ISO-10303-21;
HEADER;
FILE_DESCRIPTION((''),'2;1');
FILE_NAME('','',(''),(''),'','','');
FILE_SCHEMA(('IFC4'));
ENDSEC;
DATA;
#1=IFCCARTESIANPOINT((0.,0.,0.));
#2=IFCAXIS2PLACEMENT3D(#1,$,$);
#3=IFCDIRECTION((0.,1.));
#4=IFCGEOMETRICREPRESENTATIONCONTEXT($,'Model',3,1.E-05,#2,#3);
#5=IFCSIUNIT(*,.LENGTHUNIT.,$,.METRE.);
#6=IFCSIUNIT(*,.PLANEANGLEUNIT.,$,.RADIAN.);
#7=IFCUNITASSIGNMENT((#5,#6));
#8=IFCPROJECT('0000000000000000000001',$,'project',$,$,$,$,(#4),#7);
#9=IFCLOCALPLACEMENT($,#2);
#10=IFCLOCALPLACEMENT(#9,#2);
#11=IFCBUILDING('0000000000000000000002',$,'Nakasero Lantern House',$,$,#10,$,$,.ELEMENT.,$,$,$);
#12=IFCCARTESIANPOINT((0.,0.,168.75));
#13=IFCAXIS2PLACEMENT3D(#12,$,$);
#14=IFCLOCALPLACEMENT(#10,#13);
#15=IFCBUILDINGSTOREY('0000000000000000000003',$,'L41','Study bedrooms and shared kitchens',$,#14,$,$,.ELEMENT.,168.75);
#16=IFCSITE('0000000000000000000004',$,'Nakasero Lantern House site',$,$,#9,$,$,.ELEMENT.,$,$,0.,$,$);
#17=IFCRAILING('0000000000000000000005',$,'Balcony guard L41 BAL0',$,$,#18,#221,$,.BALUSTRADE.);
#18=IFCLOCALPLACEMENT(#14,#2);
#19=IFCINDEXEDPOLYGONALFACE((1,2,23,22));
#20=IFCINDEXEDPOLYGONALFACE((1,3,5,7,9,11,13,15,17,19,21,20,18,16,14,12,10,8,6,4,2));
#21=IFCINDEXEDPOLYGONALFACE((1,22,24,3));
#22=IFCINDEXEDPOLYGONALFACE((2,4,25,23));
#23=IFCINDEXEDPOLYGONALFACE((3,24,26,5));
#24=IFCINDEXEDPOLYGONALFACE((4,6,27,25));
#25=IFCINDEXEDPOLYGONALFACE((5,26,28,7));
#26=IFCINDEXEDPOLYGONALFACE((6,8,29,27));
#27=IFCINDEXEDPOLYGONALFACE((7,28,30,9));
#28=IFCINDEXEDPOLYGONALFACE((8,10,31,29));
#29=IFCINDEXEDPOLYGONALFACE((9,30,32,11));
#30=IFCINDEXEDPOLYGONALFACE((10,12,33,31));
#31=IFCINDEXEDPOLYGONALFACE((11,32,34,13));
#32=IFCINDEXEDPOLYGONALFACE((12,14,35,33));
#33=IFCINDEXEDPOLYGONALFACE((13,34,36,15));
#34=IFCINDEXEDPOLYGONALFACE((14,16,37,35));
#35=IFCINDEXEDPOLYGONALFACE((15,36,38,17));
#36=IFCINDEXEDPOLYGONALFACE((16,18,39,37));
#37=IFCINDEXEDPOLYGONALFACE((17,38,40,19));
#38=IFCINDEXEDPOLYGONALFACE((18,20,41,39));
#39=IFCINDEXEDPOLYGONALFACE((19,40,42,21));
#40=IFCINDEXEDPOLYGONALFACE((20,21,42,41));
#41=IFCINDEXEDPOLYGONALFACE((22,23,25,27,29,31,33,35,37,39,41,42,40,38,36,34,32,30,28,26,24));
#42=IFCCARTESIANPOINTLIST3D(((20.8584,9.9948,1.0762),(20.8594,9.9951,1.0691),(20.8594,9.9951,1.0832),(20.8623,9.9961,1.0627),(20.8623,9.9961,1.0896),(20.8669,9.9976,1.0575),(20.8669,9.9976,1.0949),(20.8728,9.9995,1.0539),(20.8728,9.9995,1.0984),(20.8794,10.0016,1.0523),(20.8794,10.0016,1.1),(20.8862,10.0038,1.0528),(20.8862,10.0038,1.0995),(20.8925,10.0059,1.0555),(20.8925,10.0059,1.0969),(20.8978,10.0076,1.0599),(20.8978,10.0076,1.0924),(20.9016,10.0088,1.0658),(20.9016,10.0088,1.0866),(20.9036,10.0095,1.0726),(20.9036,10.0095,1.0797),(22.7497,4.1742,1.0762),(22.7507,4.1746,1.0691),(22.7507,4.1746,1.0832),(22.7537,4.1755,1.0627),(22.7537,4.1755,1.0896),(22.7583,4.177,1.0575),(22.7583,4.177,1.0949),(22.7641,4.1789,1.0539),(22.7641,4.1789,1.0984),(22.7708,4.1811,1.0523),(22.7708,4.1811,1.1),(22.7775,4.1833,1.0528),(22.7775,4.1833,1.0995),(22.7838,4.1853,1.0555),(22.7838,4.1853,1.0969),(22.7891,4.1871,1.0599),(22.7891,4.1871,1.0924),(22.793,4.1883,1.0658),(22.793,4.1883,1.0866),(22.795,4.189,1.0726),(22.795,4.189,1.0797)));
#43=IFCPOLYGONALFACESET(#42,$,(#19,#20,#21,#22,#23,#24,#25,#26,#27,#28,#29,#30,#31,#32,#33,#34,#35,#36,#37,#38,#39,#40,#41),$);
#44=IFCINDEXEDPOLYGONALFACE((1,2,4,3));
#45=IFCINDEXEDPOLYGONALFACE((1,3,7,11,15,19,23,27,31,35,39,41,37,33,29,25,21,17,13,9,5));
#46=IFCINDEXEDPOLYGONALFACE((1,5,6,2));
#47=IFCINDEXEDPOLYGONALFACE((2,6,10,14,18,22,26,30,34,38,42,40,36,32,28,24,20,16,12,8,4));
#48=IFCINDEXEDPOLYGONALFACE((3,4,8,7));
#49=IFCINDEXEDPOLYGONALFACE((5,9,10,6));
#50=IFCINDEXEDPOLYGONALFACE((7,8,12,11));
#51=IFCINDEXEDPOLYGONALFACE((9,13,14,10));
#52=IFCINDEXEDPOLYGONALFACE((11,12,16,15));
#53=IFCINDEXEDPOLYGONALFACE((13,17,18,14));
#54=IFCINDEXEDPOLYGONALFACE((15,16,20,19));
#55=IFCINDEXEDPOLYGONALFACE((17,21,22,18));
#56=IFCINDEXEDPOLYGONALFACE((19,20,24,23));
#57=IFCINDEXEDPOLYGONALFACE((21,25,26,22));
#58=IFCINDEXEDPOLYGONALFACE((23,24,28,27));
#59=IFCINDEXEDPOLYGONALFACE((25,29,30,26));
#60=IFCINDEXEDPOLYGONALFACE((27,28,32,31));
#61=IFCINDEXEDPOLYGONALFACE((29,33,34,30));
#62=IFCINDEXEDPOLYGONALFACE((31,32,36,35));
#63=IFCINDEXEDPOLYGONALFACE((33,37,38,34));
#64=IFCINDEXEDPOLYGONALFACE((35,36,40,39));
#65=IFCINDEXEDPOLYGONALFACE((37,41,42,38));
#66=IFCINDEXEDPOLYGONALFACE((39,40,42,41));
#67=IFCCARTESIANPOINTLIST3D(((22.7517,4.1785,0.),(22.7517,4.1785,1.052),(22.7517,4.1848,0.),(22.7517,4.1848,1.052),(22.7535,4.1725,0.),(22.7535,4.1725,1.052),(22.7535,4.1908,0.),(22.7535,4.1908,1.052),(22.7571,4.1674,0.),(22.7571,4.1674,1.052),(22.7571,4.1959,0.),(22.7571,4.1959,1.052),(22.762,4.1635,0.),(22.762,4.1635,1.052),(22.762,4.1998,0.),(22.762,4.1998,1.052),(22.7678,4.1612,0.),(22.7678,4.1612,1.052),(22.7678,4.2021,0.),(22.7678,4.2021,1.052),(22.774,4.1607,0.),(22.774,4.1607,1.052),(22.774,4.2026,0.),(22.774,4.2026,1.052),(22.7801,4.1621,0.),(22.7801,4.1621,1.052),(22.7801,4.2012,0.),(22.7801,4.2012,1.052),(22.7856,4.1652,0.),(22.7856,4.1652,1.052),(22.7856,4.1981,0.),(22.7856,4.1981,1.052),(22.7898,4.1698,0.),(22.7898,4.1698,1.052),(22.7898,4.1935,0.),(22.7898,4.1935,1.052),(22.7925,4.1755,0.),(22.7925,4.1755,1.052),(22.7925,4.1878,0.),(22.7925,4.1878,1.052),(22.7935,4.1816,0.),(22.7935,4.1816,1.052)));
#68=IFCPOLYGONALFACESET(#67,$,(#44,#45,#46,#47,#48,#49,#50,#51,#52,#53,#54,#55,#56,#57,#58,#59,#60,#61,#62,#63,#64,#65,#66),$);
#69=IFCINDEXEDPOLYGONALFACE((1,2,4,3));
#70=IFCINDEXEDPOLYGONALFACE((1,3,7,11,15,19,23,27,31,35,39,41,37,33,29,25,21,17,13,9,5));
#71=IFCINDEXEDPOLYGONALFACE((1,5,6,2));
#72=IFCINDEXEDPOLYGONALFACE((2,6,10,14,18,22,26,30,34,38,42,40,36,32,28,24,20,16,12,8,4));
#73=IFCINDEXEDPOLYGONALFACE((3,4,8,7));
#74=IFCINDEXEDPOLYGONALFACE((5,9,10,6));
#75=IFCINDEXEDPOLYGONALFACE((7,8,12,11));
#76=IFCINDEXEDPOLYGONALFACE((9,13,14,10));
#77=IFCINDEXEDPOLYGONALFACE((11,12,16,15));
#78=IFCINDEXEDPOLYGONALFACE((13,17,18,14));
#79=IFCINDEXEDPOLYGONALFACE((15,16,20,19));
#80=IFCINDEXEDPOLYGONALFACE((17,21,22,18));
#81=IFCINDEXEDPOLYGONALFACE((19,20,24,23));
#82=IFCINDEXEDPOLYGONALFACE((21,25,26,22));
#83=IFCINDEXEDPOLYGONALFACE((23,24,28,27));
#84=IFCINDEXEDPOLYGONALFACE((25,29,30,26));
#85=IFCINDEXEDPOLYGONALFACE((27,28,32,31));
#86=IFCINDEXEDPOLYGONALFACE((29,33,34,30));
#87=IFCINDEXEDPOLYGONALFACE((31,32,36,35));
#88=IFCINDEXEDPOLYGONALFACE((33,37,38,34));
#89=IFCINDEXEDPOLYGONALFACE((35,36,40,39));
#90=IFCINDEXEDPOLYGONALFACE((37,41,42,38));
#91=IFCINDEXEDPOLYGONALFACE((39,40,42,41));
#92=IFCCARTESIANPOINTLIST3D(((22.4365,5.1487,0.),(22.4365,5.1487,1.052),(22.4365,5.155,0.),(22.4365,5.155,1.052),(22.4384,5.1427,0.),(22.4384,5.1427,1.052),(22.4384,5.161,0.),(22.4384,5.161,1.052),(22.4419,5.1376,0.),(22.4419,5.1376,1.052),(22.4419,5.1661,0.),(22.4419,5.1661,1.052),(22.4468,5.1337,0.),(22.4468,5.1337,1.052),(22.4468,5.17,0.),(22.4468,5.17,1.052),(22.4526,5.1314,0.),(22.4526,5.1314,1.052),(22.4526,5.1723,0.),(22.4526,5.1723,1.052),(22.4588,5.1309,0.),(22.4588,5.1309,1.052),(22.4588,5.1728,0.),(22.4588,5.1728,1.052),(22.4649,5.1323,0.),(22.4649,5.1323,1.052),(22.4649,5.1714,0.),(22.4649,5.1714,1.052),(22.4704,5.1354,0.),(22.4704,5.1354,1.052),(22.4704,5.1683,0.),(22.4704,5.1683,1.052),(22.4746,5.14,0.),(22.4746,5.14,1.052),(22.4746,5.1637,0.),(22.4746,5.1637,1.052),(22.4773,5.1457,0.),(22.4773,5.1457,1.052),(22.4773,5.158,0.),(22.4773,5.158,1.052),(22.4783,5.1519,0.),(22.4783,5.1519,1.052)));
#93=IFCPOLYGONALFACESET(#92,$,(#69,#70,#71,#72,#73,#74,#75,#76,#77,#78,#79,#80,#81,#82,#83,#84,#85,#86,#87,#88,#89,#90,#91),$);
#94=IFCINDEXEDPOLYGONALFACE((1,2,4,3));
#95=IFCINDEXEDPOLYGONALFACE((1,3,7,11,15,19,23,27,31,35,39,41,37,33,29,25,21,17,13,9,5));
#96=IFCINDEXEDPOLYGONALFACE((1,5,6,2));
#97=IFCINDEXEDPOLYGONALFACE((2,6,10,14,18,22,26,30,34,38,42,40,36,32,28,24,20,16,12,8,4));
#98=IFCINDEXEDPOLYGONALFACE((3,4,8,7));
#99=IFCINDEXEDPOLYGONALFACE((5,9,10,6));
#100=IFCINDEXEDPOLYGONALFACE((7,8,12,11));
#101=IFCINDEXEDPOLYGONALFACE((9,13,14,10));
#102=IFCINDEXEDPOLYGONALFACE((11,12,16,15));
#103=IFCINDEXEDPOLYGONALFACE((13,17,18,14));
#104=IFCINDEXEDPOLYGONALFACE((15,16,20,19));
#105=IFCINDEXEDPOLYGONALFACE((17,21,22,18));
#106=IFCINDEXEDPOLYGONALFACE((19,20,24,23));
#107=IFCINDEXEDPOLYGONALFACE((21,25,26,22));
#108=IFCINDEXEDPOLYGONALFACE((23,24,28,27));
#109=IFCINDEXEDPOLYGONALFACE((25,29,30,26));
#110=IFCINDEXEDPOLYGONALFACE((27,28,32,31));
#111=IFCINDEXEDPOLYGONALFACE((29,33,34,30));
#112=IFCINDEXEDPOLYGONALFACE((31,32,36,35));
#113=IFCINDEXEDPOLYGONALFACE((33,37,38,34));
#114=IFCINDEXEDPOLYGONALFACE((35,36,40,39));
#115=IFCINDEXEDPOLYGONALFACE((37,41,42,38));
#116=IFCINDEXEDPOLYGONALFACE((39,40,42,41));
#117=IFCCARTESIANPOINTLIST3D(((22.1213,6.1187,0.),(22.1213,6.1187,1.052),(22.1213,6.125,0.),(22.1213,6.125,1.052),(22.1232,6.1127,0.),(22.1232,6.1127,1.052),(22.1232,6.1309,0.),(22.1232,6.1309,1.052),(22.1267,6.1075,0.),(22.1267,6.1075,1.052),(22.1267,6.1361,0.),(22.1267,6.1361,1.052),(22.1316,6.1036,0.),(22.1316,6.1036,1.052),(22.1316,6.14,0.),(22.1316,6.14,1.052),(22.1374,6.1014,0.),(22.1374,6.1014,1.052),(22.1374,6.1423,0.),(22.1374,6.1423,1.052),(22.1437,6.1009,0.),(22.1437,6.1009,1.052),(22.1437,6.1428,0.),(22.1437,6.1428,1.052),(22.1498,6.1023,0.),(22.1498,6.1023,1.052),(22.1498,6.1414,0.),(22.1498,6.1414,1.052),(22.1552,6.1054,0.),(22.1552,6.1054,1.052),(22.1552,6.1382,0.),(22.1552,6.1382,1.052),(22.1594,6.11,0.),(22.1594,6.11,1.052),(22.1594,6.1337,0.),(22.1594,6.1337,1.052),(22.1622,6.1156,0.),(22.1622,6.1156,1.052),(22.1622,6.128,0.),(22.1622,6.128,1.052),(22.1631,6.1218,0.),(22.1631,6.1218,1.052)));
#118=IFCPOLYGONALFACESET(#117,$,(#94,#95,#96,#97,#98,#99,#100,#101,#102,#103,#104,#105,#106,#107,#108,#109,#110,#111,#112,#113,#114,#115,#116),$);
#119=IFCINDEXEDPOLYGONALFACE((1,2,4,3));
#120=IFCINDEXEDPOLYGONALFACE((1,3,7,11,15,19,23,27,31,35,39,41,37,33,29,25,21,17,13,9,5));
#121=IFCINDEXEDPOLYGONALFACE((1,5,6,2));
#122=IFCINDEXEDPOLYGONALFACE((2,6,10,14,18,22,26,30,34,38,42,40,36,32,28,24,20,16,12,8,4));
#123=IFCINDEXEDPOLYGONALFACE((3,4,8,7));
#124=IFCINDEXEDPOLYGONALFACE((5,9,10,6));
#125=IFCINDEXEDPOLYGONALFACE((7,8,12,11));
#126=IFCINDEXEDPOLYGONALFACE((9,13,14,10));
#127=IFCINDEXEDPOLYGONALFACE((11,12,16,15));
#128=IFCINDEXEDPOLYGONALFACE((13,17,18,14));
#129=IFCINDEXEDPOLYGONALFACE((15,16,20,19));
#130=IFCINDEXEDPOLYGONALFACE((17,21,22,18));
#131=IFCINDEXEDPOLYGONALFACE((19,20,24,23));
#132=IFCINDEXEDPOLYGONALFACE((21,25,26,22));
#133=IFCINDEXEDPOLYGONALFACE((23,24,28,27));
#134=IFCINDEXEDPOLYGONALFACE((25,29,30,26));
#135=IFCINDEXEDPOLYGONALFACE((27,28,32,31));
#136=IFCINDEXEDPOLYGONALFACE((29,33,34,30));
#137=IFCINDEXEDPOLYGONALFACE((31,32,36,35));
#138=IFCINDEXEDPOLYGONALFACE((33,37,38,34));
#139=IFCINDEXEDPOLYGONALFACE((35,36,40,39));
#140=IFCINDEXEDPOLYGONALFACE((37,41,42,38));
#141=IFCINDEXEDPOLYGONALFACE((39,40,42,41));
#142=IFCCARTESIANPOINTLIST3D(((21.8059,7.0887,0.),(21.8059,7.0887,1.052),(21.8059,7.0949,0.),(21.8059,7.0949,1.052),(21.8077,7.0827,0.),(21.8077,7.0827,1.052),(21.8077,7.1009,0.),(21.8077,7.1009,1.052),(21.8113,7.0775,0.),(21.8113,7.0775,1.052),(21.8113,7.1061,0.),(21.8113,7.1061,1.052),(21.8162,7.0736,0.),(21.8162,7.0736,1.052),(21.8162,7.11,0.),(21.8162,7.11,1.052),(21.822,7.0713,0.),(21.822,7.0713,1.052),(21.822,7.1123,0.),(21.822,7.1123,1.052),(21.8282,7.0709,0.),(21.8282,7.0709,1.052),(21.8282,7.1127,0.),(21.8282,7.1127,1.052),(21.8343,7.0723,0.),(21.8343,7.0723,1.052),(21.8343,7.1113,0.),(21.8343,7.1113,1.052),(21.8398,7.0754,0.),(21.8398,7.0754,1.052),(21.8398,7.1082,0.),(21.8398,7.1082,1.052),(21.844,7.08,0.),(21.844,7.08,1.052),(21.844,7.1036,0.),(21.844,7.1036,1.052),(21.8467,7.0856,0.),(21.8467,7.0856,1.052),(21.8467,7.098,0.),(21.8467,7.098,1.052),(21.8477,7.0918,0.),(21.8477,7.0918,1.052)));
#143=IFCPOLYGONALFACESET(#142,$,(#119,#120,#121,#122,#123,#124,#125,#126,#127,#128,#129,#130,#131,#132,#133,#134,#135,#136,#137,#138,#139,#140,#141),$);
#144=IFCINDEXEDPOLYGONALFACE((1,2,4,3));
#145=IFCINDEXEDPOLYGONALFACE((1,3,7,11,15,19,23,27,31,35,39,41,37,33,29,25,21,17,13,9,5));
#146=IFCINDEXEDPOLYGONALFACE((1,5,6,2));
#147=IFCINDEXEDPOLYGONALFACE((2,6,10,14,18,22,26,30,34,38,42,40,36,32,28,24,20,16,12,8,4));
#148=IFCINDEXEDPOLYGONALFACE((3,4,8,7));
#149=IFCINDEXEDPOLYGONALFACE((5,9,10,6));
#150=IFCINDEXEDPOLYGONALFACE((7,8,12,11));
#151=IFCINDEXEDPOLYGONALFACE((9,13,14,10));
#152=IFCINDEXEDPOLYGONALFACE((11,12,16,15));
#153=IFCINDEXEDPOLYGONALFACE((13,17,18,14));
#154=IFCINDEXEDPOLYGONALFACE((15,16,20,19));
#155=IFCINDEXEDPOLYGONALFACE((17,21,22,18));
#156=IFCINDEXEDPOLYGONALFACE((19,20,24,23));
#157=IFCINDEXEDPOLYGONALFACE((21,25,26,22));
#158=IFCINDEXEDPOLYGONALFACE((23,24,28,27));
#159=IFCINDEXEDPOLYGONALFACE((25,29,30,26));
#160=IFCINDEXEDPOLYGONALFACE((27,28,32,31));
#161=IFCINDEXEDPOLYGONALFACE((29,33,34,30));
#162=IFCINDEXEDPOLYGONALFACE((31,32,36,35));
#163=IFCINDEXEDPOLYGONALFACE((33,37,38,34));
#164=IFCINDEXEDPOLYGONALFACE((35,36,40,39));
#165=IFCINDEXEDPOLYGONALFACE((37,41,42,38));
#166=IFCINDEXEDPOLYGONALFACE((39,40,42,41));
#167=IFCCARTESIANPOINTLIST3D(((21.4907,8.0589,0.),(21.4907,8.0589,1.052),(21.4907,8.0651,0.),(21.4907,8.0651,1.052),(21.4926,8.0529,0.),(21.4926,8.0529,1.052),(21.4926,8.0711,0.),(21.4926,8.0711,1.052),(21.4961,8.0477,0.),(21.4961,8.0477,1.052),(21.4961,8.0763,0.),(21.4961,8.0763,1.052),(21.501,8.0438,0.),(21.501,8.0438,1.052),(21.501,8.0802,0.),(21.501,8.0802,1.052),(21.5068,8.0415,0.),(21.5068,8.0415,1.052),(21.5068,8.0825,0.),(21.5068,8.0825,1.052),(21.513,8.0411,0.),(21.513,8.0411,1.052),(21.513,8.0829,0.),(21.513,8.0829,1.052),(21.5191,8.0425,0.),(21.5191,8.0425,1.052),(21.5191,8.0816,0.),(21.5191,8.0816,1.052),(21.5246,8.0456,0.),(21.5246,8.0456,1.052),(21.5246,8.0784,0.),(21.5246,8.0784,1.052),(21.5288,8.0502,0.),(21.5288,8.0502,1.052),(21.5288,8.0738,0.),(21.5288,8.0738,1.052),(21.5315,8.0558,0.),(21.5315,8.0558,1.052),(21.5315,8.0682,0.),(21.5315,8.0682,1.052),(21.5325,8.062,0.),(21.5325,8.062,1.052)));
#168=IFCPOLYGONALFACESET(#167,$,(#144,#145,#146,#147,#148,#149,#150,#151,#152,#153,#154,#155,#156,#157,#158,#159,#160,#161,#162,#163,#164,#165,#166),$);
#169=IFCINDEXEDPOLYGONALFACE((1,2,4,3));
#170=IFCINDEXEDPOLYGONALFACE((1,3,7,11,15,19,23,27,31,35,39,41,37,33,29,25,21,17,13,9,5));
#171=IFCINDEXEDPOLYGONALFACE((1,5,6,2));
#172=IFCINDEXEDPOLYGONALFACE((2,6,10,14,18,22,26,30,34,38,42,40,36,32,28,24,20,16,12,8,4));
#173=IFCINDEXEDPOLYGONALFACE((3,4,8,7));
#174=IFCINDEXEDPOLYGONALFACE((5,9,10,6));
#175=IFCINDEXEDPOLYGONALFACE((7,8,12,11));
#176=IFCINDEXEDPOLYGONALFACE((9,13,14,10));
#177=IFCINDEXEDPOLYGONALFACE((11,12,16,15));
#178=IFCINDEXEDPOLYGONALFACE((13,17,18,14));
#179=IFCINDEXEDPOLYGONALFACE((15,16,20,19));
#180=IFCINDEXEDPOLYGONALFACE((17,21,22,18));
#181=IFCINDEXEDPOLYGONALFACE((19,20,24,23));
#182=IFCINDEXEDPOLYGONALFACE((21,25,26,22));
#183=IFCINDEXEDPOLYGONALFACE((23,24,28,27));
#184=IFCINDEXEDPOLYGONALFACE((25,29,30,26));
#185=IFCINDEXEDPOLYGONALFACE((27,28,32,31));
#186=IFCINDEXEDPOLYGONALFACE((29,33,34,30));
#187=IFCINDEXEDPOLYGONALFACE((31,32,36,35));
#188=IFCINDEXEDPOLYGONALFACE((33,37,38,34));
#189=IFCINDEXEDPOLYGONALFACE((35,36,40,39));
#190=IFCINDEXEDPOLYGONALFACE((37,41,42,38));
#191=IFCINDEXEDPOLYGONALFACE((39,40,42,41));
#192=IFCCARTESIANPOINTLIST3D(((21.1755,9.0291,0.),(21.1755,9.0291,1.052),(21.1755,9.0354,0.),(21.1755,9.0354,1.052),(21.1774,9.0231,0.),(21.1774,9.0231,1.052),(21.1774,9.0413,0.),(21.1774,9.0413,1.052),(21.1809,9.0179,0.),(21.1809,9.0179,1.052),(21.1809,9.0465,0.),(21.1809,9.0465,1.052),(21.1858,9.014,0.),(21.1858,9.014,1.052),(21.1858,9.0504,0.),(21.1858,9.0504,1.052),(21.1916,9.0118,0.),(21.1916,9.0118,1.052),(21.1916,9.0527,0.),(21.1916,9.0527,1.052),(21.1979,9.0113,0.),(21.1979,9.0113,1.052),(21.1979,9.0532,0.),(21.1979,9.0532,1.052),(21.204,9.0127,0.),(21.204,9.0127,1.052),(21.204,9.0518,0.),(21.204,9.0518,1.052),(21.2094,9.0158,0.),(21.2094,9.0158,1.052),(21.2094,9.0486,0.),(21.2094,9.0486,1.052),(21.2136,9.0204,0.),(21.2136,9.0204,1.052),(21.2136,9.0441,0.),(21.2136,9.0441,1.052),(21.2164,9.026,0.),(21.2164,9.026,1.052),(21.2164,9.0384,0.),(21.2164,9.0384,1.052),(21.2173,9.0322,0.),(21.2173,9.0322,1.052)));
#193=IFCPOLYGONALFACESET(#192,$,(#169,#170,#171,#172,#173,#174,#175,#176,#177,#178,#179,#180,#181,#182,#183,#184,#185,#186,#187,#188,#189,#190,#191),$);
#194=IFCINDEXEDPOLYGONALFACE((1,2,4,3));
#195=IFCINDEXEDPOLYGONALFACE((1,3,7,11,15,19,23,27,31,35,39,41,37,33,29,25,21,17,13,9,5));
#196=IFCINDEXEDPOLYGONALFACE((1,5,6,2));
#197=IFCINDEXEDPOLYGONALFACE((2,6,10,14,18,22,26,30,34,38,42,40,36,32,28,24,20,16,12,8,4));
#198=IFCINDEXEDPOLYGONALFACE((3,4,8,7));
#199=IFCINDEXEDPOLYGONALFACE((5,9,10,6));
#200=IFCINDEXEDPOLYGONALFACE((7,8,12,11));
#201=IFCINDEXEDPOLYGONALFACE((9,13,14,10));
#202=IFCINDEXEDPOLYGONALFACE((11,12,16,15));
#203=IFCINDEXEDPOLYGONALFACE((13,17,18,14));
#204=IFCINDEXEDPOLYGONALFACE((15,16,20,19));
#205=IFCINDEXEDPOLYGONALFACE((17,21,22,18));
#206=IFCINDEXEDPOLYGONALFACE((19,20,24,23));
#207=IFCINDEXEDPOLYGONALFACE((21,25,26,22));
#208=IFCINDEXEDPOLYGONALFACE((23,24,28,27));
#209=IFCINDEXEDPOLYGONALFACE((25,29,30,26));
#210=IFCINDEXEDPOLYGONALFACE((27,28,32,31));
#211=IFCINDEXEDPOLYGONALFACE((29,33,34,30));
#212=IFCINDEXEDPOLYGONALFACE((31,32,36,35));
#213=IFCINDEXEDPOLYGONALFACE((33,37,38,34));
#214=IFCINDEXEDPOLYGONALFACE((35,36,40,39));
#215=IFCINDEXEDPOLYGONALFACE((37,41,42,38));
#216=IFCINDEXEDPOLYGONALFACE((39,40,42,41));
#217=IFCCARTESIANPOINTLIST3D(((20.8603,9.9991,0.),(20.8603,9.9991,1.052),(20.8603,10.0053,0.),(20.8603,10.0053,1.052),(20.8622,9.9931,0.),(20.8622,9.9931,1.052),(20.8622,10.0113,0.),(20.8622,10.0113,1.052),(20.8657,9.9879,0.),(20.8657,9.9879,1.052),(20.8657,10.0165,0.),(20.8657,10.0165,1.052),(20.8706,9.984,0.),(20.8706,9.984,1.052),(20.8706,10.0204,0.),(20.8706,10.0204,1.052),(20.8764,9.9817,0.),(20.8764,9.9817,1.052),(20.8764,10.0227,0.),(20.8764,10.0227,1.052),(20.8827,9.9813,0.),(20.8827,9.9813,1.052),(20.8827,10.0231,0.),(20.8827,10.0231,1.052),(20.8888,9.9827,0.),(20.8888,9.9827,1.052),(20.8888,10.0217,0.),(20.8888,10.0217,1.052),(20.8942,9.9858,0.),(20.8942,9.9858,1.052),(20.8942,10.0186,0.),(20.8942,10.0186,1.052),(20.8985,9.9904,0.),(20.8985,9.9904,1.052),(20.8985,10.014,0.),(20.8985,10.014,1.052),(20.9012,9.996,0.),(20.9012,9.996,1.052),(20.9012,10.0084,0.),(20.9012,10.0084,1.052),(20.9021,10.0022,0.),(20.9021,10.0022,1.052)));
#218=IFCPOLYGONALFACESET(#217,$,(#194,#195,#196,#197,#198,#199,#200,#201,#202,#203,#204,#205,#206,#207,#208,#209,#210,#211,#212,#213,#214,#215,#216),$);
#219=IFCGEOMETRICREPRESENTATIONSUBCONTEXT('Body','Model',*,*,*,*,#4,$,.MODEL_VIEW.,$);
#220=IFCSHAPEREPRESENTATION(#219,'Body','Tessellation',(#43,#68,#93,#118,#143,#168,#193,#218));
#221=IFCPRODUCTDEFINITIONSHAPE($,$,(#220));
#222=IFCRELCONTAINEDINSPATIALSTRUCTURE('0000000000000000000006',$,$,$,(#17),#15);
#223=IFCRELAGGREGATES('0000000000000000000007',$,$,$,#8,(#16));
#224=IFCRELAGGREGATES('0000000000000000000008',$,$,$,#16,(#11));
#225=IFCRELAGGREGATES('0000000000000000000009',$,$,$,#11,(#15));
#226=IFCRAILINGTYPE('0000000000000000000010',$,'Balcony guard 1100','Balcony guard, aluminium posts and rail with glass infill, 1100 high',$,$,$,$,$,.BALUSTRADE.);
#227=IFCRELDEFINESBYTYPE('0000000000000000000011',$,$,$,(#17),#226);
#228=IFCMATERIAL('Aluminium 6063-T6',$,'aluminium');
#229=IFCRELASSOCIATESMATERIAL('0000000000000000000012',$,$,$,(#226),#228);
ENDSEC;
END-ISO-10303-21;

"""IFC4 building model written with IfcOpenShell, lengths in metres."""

from ifc_helpers import new_model, si_unit, direction, frame, origin, origin_2d, place, context, subcontext, project, spatial, circle, extrude, material, type_object, element, save


model = new_model("IFC4")

# Units and contexts
model_context = context("Model", 3, precision=1e-05, world=origin(), true_north=direction((0.0, 1.0)))
body_context = subcontext(model_context, "Body", "Model", "MODEL_VIEW")
ifc_project = project(units=[si_unit("LENGTHUNIT", "METRE"), si_unit("PLANEANGLEUNIT", "RADIAN")], contexts=[model_context])

# Site, building, storey
site_placement = place(None, origin())
site = spatial("IfcSite", under=ifc_project, at=site_placement, Name="Nakasero Lantern House site", CompositionType="ELEMENT", RefElevation=0.0)
building_placement = place(site_placement, origin())
building = spatial("IfcBuilding", under=site, at=building_placement, Name="Nakasero Lantern House", CompositionType="ELEMENT")
storey_placement = place(building_placement, frame((0.0, 0.0, 168.75)))
storey = spatial("IfcBuildingStorey", under=building, at=storey_placement, Name="L41", Description="Study bedrooms and shared kitchens", CompositionType="ELEMENT", Elevation=168.75)

# Railing
ifc_material_1 = material(Name="Aluminium 6063-T6", Category="aluminium")
railing_type = type_object("IfcRailingType", Name="Balcony guard 1100", Description="Balcony guard, aluminium posts and rail with glass infill, 1100 high", PredefinedType="BALUSTRADE", material=ifc_material_1)
railing_placement = place(storey_placement, frame((22.7725, 4.1816, 0.0)))
element("IfcRailing", 1, at=railing_placement, inside=storey, type_object=railing_type, Name="Balcony guard L41 BAL0", PredefinedType="BALUSTRADE", context=body_context, shape_type="SweptSolid", body=[
    extrude(circle(Radius=0.0239, at=origin_2d()), frame((0.0, 0.0, 1.0762), z_axis=(-0.309038, 0.95105, 0.0), x_axis=(-0.95105, -0.309038, 0.0)), (0.0, 0.0, 1.0), 6.1201),
    extrude(circle(Radius=0.021, at=origin_2d()), origin(), (0.0, 0.0, 1.0), 1.052),
    extrude(circle(Radius=0.021, at=origin_2d()), frame((-0.3152, 0.9702, 0.0)), (0.0, 0.0, 1.0), 1.052),
    extrude(circle(Radius=0.021, at=origin_2d()), frame((-0.6304, 1.9402, 0.0)), (0.0, 0.0, 1.0), 1.052),
    extrude(circle(Radius=0.021, at=origin_2d()), frame((-0.9458, 2.9102, 0.0)), (0.0, 0.0, 1.0), 1.052),
    extrude(circle(Radius=0.021, at=origin_2d()), frame((-1.261, 3.8804, 0.0)), (0.0, 0.0, 1.0), 1.052),
    extrude(circle(Radius=0.021, at=origin_2d()), frame((-1.5762, 4.8506, 0.0)), (0.0, 0.0, 1.0), 1.052),
    extrude(circle(Radius=0.021, at=origin_2d()), frame((-1.8914, 5.8206, 0.0)), (0.0, 0.0, 1.0), 1.052),
])

save(model, "model.ifc")
